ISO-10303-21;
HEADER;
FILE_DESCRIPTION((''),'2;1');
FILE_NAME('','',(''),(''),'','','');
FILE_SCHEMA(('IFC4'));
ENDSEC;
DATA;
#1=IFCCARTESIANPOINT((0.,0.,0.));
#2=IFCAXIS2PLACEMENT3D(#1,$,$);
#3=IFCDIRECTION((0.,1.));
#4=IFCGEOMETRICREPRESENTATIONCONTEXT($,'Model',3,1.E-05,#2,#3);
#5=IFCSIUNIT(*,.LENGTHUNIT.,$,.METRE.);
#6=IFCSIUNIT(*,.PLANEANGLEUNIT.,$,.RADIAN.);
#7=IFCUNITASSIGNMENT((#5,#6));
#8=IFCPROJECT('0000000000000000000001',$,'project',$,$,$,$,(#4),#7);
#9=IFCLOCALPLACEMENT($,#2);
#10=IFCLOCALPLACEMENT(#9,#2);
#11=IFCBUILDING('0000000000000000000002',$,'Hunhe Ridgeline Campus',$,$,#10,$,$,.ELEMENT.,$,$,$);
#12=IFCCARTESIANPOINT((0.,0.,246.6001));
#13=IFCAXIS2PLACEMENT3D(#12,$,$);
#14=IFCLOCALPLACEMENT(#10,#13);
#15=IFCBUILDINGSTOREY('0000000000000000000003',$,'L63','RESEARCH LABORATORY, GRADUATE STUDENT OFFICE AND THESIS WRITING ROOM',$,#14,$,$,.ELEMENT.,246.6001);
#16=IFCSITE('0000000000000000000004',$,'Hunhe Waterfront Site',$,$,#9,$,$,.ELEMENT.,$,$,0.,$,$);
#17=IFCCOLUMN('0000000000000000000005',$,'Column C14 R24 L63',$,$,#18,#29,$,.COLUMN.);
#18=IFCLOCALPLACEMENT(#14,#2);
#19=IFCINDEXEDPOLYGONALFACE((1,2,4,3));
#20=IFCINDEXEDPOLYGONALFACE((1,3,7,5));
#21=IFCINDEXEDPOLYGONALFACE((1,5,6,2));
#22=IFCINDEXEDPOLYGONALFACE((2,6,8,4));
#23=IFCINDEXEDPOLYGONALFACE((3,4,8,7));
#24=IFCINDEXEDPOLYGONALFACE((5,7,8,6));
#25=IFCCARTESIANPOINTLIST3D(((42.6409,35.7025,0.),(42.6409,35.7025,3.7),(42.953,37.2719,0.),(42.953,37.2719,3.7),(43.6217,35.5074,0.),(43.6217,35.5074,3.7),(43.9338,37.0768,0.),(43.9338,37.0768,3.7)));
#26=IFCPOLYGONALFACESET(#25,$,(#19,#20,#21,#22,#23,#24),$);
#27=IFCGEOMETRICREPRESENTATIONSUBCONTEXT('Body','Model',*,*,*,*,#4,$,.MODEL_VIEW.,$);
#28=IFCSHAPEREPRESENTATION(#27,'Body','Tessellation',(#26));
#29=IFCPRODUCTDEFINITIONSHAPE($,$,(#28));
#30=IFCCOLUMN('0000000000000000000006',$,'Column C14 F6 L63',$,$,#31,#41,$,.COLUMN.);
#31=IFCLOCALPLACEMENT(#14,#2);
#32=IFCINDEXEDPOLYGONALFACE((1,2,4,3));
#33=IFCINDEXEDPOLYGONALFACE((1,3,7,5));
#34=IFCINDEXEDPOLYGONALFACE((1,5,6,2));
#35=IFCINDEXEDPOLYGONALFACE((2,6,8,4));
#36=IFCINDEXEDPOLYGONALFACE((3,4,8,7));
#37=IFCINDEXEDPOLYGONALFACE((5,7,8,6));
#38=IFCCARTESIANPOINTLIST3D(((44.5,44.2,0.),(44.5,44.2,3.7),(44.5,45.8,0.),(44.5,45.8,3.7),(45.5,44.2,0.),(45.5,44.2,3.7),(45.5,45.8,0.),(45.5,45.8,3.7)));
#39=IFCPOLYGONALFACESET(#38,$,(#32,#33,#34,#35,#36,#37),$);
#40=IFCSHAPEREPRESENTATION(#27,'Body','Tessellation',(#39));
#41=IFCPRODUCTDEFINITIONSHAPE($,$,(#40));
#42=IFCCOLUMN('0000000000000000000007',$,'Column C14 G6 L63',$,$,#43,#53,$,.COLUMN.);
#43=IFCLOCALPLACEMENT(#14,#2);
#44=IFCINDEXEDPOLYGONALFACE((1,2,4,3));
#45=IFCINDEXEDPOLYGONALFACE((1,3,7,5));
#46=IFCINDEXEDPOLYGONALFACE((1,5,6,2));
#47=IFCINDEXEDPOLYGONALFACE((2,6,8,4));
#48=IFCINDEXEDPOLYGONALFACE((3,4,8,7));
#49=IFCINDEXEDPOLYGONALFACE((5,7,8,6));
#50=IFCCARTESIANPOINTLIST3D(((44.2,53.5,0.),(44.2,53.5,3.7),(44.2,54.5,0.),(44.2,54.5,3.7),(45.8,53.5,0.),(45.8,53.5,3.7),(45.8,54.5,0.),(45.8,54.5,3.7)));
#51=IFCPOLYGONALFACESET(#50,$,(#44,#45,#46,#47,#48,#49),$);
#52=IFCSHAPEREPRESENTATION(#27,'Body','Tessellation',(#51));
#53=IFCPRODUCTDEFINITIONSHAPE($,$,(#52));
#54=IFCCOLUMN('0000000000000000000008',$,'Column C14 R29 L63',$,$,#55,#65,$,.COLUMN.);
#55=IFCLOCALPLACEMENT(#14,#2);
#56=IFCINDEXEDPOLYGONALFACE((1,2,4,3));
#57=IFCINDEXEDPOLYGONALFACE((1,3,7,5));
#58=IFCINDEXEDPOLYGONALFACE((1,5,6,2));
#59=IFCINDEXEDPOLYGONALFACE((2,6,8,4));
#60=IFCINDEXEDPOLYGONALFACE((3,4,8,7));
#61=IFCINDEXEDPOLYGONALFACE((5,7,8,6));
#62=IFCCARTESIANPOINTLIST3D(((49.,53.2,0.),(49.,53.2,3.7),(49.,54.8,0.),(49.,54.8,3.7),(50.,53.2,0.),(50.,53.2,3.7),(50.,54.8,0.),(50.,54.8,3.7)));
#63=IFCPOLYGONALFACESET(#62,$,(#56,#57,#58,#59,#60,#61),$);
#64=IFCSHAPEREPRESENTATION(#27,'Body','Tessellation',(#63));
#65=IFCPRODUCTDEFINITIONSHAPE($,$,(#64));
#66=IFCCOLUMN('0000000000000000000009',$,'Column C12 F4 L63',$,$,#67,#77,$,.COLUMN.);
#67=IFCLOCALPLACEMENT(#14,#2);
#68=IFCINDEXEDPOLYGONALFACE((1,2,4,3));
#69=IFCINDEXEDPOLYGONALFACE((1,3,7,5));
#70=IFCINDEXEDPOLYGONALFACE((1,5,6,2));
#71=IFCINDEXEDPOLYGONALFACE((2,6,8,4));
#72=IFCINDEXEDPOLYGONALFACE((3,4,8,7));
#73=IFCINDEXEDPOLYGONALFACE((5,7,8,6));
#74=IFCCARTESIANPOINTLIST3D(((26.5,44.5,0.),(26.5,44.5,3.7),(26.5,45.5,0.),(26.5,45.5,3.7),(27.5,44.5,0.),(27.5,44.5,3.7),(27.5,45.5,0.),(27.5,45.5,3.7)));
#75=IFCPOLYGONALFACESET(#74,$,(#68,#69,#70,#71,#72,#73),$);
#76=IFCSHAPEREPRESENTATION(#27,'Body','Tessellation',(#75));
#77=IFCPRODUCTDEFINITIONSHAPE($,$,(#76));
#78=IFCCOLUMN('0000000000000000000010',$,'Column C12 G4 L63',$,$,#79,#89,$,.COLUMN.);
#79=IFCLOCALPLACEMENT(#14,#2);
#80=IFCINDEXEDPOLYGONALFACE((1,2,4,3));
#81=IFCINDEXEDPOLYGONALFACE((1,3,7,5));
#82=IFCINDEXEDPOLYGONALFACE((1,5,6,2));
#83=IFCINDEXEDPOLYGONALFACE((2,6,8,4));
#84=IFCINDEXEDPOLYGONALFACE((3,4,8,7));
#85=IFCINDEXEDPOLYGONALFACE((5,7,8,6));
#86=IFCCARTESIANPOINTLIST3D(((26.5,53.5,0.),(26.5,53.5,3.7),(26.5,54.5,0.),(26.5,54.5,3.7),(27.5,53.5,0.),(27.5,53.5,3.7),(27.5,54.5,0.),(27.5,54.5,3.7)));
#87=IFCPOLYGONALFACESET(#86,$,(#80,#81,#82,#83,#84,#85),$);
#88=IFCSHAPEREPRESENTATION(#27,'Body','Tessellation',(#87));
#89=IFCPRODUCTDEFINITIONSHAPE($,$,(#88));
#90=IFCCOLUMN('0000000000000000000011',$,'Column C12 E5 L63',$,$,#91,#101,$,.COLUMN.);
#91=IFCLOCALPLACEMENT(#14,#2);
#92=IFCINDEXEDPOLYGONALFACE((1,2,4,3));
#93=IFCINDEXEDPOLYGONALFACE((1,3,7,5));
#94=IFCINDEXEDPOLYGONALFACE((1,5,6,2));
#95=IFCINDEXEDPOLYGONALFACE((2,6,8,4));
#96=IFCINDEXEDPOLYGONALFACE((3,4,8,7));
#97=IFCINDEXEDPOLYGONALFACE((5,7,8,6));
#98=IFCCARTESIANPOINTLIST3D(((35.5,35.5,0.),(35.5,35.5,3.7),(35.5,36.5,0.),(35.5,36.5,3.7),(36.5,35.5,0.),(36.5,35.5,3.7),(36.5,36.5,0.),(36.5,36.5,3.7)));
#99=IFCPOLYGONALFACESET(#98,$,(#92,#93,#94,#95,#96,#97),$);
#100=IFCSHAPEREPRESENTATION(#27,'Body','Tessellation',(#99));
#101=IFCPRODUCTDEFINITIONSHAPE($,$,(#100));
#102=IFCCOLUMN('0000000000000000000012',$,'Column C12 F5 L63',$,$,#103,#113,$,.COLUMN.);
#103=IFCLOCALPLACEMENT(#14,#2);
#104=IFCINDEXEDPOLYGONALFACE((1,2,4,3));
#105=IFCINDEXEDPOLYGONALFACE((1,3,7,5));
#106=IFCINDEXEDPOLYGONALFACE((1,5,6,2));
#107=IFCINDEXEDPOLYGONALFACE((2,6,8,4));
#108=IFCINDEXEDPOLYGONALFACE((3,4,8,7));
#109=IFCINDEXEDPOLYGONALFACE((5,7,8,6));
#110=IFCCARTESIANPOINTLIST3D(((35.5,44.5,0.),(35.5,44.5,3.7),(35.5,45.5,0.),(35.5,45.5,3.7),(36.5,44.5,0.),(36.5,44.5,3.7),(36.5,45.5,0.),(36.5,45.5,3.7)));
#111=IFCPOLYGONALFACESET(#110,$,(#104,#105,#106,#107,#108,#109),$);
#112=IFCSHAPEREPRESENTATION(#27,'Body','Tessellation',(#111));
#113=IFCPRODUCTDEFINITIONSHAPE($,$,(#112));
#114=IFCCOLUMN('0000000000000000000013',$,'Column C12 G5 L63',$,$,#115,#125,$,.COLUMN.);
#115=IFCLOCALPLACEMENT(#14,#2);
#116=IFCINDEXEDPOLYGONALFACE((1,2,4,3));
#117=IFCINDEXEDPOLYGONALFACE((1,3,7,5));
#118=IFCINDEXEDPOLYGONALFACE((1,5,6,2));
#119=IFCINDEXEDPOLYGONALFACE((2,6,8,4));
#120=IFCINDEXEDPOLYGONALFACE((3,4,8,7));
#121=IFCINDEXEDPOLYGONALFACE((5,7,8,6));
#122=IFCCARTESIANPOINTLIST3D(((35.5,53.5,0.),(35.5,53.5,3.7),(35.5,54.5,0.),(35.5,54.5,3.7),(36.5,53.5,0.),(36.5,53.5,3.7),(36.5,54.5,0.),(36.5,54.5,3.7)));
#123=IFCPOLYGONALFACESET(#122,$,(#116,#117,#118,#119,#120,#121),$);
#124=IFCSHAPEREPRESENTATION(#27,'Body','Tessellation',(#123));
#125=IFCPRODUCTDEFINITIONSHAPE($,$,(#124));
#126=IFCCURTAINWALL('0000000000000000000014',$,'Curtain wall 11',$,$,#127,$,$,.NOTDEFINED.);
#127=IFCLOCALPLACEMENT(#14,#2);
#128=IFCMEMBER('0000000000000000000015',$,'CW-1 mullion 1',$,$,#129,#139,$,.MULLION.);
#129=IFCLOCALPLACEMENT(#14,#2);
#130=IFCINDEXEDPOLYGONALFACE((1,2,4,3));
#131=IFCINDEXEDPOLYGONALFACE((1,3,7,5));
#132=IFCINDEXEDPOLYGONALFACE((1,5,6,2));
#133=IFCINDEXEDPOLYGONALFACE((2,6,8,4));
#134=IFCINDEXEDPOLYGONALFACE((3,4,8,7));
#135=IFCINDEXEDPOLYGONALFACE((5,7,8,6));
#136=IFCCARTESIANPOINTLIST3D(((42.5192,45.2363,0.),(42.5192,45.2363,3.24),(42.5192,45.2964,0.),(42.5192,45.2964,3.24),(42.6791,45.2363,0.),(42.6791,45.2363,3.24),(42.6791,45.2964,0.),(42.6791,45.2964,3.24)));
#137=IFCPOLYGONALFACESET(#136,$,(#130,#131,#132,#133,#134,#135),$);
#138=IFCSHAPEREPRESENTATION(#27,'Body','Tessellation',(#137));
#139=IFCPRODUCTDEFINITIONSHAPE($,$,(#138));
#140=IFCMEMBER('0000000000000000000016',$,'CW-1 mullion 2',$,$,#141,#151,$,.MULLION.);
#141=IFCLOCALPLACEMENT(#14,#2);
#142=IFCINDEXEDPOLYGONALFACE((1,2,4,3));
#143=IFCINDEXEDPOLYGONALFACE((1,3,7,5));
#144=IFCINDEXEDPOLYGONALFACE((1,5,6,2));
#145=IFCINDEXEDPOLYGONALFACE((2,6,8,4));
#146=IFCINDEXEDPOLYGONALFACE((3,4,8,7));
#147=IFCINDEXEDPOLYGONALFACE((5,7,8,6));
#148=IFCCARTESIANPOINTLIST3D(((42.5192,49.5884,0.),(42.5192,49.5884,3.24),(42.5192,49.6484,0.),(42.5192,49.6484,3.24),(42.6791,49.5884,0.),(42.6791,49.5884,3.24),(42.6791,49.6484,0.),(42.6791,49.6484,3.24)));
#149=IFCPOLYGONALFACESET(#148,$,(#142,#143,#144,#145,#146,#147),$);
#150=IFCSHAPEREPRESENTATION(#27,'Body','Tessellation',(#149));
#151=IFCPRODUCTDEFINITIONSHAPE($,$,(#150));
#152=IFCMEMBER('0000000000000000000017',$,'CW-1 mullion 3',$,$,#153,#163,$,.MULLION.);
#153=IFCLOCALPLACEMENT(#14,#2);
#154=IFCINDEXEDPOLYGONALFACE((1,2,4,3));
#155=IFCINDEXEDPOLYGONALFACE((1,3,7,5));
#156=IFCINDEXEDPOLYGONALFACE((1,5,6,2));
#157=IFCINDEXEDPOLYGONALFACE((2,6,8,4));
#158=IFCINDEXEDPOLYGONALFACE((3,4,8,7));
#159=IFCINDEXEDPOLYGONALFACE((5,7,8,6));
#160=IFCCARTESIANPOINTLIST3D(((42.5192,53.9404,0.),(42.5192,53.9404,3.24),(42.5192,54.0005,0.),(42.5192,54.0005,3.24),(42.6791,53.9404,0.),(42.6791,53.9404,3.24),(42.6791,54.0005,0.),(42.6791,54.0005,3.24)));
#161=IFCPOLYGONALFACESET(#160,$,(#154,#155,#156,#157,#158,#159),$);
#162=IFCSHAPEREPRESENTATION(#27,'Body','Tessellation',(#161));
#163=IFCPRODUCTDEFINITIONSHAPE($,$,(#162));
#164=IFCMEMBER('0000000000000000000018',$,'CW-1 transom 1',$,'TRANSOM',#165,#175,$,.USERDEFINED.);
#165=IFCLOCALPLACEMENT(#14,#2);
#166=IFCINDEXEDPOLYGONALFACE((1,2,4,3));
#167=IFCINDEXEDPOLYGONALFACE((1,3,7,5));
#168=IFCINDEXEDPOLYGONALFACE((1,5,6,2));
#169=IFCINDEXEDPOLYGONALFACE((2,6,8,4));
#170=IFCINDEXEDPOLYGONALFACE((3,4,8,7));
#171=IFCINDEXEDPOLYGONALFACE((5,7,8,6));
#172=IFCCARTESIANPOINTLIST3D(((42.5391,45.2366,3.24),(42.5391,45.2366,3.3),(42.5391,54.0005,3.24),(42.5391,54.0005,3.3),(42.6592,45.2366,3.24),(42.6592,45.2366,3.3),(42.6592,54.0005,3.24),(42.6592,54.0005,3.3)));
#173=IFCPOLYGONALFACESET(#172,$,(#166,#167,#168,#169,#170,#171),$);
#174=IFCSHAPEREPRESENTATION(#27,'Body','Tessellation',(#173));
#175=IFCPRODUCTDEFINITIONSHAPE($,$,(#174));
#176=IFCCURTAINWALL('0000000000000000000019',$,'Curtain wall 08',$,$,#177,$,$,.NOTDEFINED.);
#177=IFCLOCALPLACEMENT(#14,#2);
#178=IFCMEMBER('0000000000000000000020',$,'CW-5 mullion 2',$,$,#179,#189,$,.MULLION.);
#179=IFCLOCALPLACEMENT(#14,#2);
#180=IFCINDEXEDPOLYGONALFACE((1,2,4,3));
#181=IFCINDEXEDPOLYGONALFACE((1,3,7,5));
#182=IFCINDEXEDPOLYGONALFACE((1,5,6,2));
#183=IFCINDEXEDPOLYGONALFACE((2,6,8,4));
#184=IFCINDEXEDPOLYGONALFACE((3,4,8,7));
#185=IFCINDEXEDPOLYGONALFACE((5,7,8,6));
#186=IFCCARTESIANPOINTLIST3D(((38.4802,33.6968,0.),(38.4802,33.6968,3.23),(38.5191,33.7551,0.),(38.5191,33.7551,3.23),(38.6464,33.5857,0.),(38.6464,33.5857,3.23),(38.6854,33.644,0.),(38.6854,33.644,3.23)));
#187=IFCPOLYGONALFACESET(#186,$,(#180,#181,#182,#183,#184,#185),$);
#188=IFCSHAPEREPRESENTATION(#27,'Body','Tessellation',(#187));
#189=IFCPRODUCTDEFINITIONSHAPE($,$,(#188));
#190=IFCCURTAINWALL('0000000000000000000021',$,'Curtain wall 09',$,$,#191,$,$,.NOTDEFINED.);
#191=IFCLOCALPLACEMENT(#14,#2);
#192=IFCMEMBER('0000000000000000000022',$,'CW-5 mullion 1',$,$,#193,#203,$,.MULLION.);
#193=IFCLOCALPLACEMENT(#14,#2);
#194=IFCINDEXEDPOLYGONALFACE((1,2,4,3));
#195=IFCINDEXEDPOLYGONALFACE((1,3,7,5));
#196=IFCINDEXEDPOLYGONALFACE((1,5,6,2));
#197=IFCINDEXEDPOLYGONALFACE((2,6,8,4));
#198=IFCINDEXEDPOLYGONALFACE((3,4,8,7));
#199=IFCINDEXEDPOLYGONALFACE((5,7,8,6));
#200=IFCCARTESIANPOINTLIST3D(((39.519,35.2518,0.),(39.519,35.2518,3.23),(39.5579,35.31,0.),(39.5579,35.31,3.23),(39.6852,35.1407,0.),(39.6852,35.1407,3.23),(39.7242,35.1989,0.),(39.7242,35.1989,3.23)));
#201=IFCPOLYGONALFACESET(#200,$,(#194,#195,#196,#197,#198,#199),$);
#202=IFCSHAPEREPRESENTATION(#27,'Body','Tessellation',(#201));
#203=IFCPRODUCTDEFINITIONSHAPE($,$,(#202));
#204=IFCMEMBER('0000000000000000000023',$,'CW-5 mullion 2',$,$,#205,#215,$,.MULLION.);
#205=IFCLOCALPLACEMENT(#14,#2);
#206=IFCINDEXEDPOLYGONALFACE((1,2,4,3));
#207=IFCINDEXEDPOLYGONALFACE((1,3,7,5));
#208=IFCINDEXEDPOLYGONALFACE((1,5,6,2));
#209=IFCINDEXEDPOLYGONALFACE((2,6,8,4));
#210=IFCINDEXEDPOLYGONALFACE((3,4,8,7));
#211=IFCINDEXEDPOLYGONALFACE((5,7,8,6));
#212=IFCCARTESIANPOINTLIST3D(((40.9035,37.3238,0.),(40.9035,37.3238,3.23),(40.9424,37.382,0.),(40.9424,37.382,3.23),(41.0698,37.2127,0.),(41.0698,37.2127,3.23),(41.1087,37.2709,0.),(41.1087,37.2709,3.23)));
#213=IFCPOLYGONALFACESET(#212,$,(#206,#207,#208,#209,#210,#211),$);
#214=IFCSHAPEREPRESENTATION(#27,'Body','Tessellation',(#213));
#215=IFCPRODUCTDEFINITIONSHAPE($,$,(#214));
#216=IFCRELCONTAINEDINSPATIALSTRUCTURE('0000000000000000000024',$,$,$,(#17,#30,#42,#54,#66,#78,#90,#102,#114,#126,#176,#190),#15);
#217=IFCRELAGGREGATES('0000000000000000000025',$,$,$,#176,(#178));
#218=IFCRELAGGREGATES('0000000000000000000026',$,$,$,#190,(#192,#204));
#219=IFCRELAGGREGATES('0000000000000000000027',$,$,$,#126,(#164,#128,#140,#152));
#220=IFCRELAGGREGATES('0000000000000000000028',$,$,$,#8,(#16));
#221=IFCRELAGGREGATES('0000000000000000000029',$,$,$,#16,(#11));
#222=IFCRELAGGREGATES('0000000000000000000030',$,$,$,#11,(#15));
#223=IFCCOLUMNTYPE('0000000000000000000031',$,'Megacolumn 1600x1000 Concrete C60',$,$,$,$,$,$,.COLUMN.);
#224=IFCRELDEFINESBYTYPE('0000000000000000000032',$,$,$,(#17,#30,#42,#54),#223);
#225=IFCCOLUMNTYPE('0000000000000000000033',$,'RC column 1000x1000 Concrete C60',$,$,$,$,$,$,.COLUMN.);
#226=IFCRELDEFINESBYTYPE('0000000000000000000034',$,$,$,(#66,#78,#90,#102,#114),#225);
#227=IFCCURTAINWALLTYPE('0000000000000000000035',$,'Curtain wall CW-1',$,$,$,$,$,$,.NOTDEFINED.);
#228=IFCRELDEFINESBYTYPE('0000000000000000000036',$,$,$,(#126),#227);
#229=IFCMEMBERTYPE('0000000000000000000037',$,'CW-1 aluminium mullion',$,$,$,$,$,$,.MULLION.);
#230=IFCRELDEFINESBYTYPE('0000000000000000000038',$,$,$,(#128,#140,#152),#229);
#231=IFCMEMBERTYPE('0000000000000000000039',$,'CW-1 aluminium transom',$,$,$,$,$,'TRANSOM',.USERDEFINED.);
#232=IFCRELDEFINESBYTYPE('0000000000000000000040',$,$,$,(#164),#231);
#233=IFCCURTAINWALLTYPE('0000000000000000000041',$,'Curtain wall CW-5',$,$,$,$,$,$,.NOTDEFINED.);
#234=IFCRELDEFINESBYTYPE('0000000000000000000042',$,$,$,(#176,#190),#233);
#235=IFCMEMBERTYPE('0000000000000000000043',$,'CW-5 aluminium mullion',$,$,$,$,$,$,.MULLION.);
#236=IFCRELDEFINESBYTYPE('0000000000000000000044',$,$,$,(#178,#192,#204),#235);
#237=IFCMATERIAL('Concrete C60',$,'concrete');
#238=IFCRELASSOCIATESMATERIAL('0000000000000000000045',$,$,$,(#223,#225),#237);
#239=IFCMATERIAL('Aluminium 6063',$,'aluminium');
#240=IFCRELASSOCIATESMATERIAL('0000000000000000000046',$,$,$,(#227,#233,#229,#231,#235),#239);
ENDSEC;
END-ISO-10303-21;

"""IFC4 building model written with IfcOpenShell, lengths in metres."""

from ifc_helpers import new_model, si_unit, direction, frame, origin, origin_2d, place, context, subcontext, project, spatial, rectangle, extrude, material, material_profile, profile_set, type_object, element, aggregate, save


model = new_model("IFC4")

# Units and contexts
model_context = context("Model", 3, precision=1e-05, world=origin(), true_north=direction((0.0, 1.0)))
body_context = subcontext(model_context, "Body", "Model", "MODEL_VIEW")
ifc_project = project(units=[si_unit("LENGTHUNIT", "METRE"), si_unit("PLANEANGLEUNIT", "RADIAN")], contexts=[model_context])

# Site, building, storey
site_placement = place(None, origin())
site = spatial("IfcSite", under=ifc_project, at=site_placement, Name="Hunhe Waterfront Site", CompositionType="ELEMENT", RefElevation=0.0)
building_placement = place(site_placement, origin())
building = spatial("IfcBuilding", under=site, at=building_placement, Name="Hunhe Ridgeline Campus", CompositionType="ELEMENT")
storey_placement = place(building_placement, frame((0.0, 0.0, 246.6001)))
storey = spatial("IfcBuildingStorey", under=building, at=storey_placement, Name="L63", Description="RESEARCH LABORATORY, GRADUATE STUDENT OFFICE AND THESIS WRITING ROOM", CompositionType="ELEMENT", Elevation=246.6001)

# Columns
ifc_material_1 = material(Name="Concrete C60", Category="concrete")
ifc_material_profile_1 = material_profile(ifc_material_1, rectangle(XDim=1.6001, YDim=1.0, at=origin_2d()))
ifc_profile_set_1 = profile_set([ifc_material_profile_1], Name="Concrete C60")
column_type_1 = type_object("IfcColumnType", Name="Megacolumn 1600x1000 Concrete C60", PredefinedType="COLUMN", material=ifc_profile_set_1)
for number, where, z_axis, x_axis, name in (
    (1, (43.2874, 36.3896, 0.0), (0.0, 0.0, 1.0), (0.19509, 0.980785, 0.0), "Column C14 R24 L63"),
    (2, (45.0, 45.0, 0.0), (0.0, 0.0, 1.0), (0.0, 1.0, 0.0), "Column C14 F6 L63"),
    (3, (45.0, 54.0, 0.0), (0.0, 0.0, 1.0), (1.0, 0.0, 0.0), "Column C14 G6 L63"),
    (4, (49.5, 54.0, 0.0), (0.0, 0.0, 1.0), (0.0, 1.0, 0.0), "Column C14 R29 L63"),
):
    element("IfcColumn", number, at=place(storey_placement, frame(where, z_axis=z_axis, x_axis=x_axis)), inside=storey, type_object=column_type_1, Name=name, PredefinedType="COLUMN", context=body_context, shape_type="SweptSolid", body=[
        extrude(rectangle(XDim=1.6001, YDim=1.0, at=origin_2d()), origin(), (0.0, 0.0, 1.0), 3.7),
    ])
ifc_material_profile_2 = material_profile(ifc_material_1, rectangle(XDim=1.0, YDim=1.0, at=origin_2d()))
ifc_profile_set_2 = profile_set([ifc_material_profile_2], Name="Concrete C60")
column_type_2 = type_object("IfcColumnType", Name="RC column 1000x1000 Concrete C60", PredefinedType="COLUMN", material=ifc_profile_set_2)
for number, where, z_axis, x_axis, name in (
    (5, (27.0, 45.0, 0.0), (0.0, 0.0, 1.0), (1.0, 0.0, 0.0), "Column C12 F4 L63"),
    (6, (27.0, 54.0, 0.0), (0.0, 0.0, 1.0), (1.0, 0.0, 0.0), "Column C12 G4 L63"),
    (7, (36.0, 36.0, 0.0), (0.0, 0.0, 1.0), (1.0, 0.0, 0.0), "Column C12 E5 L63"),
    (8, (36.0, 45.0, 0.0), (0.0, 0.0, 1.0), (1.0, 0.0, 0.0), "Column C12 F5 L63"),
    (9, (36.0, 54.0, 0.0), (0.0, 0.0, 1.0), (1.0, 0.0, 0.0), "Column C12 G5 L63"),
):
    element("IfcColumn", number, at=place(storey_placement, frame(where, z_axis=z_axis, x_axis=x_axis)), inside=storey, type_object=column_type_2, Name=name, PredefinedType="COLUMN", context=body_context, shape_type="SweptSolid", body=[
        extrude(rectangle(XDim=1.0, YDim=1.0, at=origin_2d()), origin(), (0.0, 0.0, 1.0), 3.7),
    ])

# Curtain wall, members
ifc_material_2 = material(Name="Aluminium 6063", Category="aluminium")
curtain_wall_type_1 = type_object("IfcCurtainWallType", Name="Curtain wall CW-1", PredefinedType="NOTDEFINED", material=ifc_material_2)
curtain_wall_1_placement = place(storey_placement, origin())
curtain_wall_1 = element("IfcCurtainWall", 10, at=curtain_wall_1_placement, inside=storey, type_object=curtain_wall_type_1, Name="Curtain wall 11", PredefinedType="NOTDEFINED")
ifc_material_profile_3 = material_profile(ifc_material_2, rectangle(XDim=0.1599, YDim=0.0601, at=origin_2d()))
ifc_profile_set_3 = profile_set([ifc_material_profile_3], Name="Aluminium 6063")
member_type_1 = type_object("IfcMemberType", Name="CW-1 aluminium mullion", PredefinedType="MULLION", material=ifc_profile_set_3)
member_1_placement = place(storey_placement, frame((42.5991, 45.2664, 0.0), z_axis=(0.0, 0.0, 1.0), x_axis=(-1.0, 0.000019, 0.0)))
member_1 = element("IfcMember", 11, at=member_1_placement, type_object=member_type_1, Name="CW-1 mullion 1", PredefinedType="MULLION", context=body_context, shape_type="SweptSolid", body=[
    extrude(rectangle(XDim=0.1599, YDim=0.0601, at=origin_2d()), origin(), (0.0, 0.0, 1.0), 3.24),
])
member_2_placement = place(storey_placement, frame((42.5991, 49.6184, 0.0), z_axis=(0.0, 0.0, 1.0), x_axis=(-1.0, 0.000019, 0.0)))
member_2 = element("IfcMember", 12, at=member_2_placement, type_object=member_type_1, Name="CW-1 mullion 2", PredefinedType="MULLION", context=body_context, shape_type="SweptSolid", body=[
    extrude(rectangle(XDim=0.1599, YDim=0.0601, at=origin_2d()), origin(), (0.0, 0.0, 1.0), 3.24),
])
member_3_placement = place(storey_placement, frame((42.5991, 53.9705, 0.0), z_axis=(0.0, 0.0, 1.0), x_axis=(-1.0, 0.000019, 0.0)))
member_3 = element("IfcMember", 13, at=member_3_placement, type_object=member_type_1, Name="CW-1 mullion 3", PredefinedType="MULLION", context=body_context, shape_type="SweptSolid", body=[
    extrude(rectangle(XDim=0.1599, YDim=0.0601, at=origin_2d()), origin(), (0.0, 0.0, 1.0), 3.24),
])
ifc_material_profile_4 = material_profile(ifc_material_2, rectangle(XDim=0.1201, YDim=0.0601, at=origin_2d()))
ifc_profile_set_4 = profile_set([ifc_material_profile_4], Name="Aluminium 6063")
member_type_2 = type_object("IfcMemberType", Name="CW-1 aluminium transom", ElementType="TRANSOM", PredefinedType="USERDEFINED", material=ifc_profile_set_4)
member_4_placement = place(storey_placement, frame((42.5991, 45.2366, 3.27), z_axis=(0.0, 1.0, 0.0), x_axis=(-1.0, 0.0, 0.0)))
member_4 = element("IfcMember", 14, at=member_4_placement, type_object=member_type_2, Name="CW-1 transom 1", ObjectType="TRANSOM", PredefinedType="USERDEFINED", context=body_context, shape_type="SweptSolid", body=[
    extrude(rectangle(XDim=0.1201, YDim=0.0601, at=origin_2d()), origin(), (0.0, 0.0, 1.0), 8.7639),
])

# Curtain wall, member
curtain_wall_type_2 = type_object("IfcCurtainWallType", Name="Curtain wall CW-5", PredefinedType="NOTDEFINED", material=ifc_material_2)
curtain_wall_2_placement = place(storey_placement, origin())
curtain_wall_2 = element("IfcCurtainWall", 15, at=curtain_wall_2_placement, inside=storey, type_object=curtain_wall_type_2, Name="Curtain wall 08", PredefinedType="NOTDEFINED")
ifc_material_profile_5 = material_profile(ifc_material_2, rectangle(XDim=0.2, YDim=0.0701, at=origin_2d()))
ifc_profile_set_5 = profile_set([ifc_material_profile_5], Name="Aluminium 6063")
member_type_3 = type_object("IfcMemberType", Name="CW-5 aluminium mullion", PredefinedType="MULLION", material=ifc_profile_set_5)
member_5_placement = place(storey_placement, frame((38.5828, 33.6704, 0.0), z_axis=(0.0, 0.0, 1.0), x_axis=(-0.83147, 0.55557, 0.0)))
member_5 = element("IfcMember", 16, at=member_5_placement, type_object=member_type_3, Name="CW-5 mullion 2", PredefinedType="MULLION", context=body_context, shape_type="SweptSolid", body=[
    extrude(rectangle(XDim=0.2, YDim=0.0701, at=origin_2d()), origin(), (0.0, 0.0, 1.0), 3.23),
])
aggregate(curtain_wall_2, [member_5])

# Curtain wall, members
curtain_wall_3_placement = place(storey_placement, origin())
curtain_wall_3 = element("IfcCurtainWall", 17, at=curtain_wall_3_placement, inside=storey, type_object=curtain_wall_type_2, Name="Curtain wall 09", PredefinedType="NOTDEFINED")
member_6_placement = place(storey_placement, frame((39.6216, 35.2253, 0.0), z_axis=(0.0, 0.0, 1.0), x_axis=(-0.83147, 0.55557, 0.0)))
member_6 = element("IfcMember", 18, at=member_6_placement, type_object=member_type_3, Name="CW-5 mullion 1", PredefinedType="MULLION", context=body_context, shape_type="SweptSolid", body=[
    extrude(rectangle(XDim=0.2, YDim=0.0701, at=origin_2d()), origin(), (0.0, 0.0, 1.0), 3.23),
])
member_7_placement = place(storey_placement, frame((41.0061, 37.2974, 0.0), z_axis=(0.0, 0.0, 1.0), x_axis=(-0.83147, 0.55557, 0.0)))
member_7 = element("IfcMember", 19, at=member_7_placement, type_object=member_type_3, Name="CW-5 mullion 2", PredefinedType="MULLION", context=body_context, shape_type="SweptSolid", body=[
    extrude(rectangle(XDim=0.2, YDim=0.0701, at=origin_2d()), origin(), (0.0, 0.0, 1.0), 3.23),
])

aggregate(curtain_wall_3, [member_6, member_7])
aggregate(curtain_wall_1, [member_4, member_1, member_2, member_3])

save(model, "model.ifc")
